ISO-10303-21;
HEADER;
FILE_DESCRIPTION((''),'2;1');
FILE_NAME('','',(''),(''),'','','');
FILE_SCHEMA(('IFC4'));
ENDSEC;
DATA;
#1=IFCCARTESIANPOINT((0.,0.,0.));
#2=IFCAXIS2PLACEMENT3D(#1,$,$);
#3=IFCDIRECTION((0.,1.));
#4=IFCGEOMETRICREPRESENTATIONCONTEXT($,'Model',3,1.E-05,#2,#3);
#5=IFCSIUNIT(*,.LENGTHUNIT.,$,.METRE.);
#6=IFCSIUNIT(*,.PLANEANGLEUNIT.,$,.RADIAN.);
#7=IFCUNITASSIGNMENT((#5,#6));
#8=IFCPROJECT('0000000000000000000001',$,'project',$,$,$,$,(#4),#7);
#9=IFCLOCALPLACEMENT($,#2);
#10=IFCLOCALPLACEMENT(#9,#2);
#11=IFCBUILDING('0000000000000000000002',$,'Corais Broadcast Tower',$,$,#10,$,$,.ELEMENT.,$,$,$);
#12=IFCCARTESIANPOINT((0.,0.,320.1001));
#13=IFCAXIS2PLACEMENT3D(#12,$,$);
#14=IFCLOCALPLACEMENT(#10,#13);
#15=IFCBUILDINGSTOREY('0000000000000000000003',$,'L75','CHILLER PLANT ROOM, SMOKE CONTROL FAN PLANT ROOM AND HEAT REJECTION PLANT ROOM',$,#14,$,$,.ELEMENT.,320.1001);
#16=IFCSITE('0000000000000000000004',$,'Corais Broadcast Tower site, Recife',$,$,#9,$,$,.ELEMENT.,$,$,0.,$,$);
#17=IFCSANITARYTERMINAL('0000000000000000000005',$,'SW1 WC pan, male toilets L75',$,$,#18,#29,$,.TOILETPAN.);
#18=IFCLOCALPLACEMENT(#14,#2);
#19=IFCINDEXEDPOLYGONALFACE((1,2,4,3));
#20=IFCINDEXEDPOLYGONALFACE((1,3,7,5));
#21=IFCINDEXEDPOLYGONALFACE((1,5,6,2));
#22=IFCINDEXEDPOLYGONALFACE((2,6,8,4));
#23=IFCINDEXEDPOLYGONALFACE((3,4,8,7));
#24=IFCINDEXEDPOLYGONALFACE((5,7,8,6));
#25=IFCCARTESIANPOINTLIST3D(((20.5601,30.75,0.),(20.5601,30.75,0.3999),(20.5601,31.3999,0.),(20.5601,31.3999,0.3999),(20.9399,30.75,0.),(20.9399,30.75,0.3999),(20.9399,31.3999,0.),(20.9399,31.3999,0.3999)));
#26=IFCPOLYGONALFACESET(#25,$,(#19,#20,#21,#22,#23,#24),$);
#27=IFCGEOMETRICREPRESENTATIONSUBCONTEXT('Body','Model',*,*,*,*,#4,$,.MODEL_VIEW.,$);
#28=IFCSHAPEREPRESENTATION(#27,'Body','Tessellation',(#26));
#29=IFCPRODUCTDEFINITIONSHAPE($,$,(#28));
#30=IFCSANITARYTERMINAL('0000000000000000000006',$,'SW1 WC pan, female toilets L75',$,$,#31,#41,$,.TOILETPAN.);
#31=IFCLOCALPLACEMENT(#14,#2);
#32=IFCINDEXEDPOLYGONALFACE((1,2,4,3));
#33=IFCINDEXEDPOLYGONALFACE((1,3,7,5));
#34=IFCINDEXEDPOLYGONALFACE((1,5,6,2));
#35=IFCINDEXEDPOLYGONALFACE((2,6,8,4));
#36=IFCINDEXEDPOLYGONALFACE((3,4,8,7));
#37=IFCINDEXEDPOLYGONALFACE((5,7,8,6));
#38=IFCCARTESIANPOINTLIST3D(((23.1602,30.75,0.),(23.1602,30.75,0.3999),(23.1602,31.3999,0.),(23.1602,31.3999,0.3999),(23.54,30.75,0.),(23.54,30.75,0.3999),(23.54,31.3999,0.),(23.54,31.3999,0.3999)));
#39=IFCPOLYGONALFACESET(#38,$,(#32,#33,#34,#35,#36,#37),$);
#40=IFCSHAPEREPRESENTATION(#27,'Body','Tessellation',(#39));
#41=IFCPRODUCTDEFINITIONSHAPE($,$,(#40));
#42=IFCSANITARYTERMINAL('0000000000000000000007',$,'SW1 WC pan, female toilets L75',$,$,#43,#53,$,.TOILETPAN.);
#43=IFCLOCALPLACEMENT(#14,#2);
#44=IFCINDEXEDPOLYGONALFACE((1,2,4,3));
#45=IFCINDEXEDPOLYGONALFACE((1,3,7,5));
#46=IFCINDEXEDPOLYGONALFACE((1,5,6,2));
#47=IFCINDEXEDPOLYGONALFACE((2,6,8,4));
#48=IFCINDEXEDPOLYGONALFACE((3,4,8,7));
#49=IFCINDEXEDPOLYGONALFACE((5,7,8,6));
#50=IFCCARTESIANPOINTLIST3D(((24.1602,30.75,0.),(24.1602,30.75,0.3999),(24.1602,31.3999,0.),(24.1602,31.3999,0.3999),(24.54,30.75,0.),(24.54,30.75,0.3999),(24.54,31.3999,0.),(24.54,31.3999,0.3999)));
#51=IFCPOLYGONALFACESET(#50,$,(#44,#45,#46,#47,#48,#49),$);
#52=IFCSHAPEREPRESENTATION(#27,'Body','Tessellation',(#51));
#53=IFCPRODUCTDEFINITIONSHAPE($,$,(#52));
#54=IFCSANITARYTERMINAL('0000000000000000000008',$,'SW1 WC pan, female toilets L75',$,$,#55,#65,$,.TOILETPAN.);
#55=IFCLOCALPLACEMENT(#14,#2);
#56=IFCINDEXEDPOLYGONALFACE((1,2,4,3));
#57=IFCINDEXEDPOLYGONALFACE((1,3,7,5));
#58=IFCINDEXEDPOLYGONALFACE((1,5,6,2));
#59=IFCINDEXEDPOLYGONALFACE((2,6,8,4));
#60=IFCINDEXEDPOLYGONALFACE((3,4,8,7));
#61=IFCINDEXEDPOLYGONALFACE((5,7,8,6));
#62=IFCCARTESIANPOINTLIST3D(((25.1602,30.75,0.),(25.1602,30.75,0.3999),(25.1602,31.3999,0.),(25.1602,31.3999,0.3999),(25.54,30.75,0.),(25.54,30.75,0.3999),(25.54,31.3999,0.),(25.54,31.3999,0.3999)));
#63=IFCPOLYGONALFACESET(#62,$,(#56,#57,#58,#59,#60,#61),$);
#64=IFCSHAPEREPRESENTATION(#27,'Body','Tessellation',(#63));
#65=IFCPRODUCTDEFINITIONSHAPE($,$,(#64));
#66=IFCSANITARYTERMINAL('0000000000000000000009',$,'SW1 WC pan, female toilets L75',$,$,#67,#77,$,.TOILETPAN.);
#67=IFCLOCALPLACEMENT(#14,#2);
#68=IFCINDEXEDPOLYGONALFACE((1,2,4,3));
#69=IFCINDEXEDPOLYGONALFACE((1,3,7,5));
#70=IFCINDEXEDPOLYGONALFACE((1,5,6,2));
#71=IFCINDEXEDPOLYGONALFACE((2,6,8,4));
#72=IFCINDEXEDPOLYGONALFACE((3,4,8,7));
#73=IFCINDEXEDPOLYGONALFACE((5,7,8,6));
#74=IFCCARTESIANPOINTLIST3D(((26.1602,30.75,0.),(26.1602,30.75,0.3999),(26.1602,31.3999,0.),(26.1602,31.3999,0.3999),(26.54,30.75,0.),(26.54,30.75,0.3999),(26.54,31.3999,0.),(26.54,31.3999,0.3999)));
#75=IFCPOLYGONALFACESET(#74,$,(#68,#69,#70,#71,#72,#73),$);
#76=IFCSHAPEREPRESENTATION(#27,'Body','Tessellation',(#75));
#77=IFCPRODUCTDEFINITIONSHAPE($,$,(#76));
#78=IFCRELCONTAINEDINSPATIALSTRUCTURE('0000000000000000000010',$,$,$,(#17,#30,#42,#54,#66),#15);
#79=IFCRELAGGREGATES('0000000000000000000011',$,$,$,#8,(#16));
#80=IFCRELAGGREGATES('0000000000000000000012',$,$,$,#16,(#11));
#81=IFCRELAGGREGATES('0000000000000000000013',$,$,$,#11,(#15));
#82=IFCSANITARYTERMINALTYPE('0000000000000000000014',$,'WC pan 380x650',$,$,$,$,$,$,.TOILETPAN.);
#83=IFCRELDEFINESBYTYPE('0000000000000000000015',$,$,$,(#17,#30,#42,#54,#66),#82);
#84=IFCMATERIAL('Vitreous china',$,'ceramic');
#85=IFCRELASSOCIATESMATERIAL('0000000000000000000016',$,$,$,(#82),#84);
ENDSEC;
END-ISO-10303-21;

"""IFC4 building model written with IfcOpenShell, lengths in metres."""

from ifc_helpers import new_model, si_unit, direction, frame, origin, origin_2d, place, context, subcontext, project, spatial, rectangle, extrude, material, type_object, element, save


model = new_model("IFC4")

# Units and contexts
model_context = context("Model", 3, precision=1e-05, world=origin(), true_north=direction((0.0, 1.0)))
body_context = subcontext(model_context, "Body", "Model", "MODEL_VIEW")
ifc_project = project(units=[si_unit("LENGTHUNIT", "METRE"), si_unit("PLANEANGLEUNIT", "RADIAN")], contexts=[model_context])

# Site, building, storey
site_placement = place(None, origin())
site = spatial("IfcSite", under=ifc_project, at=site_placement, Name="Corais Broadcast Tower site, Recife", CompositionType="ELEMENT", RefElevation=0.0)
building_placement = place(site_placement, origin())
building = spatial("IfcBuilding", under=site, at=building_placement, Name="Corais Broadcast Tower", CompositionType="ELEMENT")
storey_placement = place(building_placement, frame((0.0, 0.0, 320.1001)))
storey = spatial("IfcBuildingStorey", under=building, at=storey_placement, Name="L75", Description="CHILLER PLANT ROOM, SMOKE CONTROL FAN PLANT ROOM AND HEAT REJECTION PLANT ROOM", CompositionType="ELEMENT", Elevation=320.1001)

# Sanitary terminals
ifc_material_1 = material(Name="Vitreous china", Category="ceramic")
sanitary_terminal_type = type_object("IfcSanitaryTerminalType", Name="WC pan 380x650", PredefinedType="TOILETPAN", material=ifc_material_1)
for number, where, z_axis, x_axis, name in (
    (1, (20.75, 31.075, 0.0), (0.0, 0.0, 1.0), (1.0, 0.0, 0.0), "SW1 WC pan, male toilets L75"),
    (2, (23.3501, 31.075, 0.0), (0.0, 0.0, 1.0), (1.0, 0.0, 0.0), "SW1 WC pan, female toilets L75"),
    (3, (24.3501, 31.075, 0.0), (0.0, 0.0, 1.0), (1.0, 0.0, 0.0), "SW1 WC pan, female toilets L75"),
    (4, (25.3501, 31.075, 0.0), (0.0, 0.0, 1.0), (1.0, 0.0, 0.0), "SW1 WC pan, female toilets L75"),
    (5, (26.3501, 31.075, 0.0), (0.0, 0.0, 1.0), (1.0, 0.0, 0.0), "SW1 WC pan, female toilets L75"),
):
    element("IfcSanitaryTerminal", number, at=place(storey_placement, frame(where, z_axis=z_axis, x_axis=x_axis)), inside=storey, type_object=sanitary_terminal_type, Name=name, PredefinedType="TOILETPAN", context=body_context, shape_type="SweptSolid", body=[
        extrude(rectangle(XDim=0.3799, YDim=0.6499, at=origin_2d()), origin(), (0.0, 0.0, 1.0), 0.3999),
    ])

save(model, "model.ifc")
